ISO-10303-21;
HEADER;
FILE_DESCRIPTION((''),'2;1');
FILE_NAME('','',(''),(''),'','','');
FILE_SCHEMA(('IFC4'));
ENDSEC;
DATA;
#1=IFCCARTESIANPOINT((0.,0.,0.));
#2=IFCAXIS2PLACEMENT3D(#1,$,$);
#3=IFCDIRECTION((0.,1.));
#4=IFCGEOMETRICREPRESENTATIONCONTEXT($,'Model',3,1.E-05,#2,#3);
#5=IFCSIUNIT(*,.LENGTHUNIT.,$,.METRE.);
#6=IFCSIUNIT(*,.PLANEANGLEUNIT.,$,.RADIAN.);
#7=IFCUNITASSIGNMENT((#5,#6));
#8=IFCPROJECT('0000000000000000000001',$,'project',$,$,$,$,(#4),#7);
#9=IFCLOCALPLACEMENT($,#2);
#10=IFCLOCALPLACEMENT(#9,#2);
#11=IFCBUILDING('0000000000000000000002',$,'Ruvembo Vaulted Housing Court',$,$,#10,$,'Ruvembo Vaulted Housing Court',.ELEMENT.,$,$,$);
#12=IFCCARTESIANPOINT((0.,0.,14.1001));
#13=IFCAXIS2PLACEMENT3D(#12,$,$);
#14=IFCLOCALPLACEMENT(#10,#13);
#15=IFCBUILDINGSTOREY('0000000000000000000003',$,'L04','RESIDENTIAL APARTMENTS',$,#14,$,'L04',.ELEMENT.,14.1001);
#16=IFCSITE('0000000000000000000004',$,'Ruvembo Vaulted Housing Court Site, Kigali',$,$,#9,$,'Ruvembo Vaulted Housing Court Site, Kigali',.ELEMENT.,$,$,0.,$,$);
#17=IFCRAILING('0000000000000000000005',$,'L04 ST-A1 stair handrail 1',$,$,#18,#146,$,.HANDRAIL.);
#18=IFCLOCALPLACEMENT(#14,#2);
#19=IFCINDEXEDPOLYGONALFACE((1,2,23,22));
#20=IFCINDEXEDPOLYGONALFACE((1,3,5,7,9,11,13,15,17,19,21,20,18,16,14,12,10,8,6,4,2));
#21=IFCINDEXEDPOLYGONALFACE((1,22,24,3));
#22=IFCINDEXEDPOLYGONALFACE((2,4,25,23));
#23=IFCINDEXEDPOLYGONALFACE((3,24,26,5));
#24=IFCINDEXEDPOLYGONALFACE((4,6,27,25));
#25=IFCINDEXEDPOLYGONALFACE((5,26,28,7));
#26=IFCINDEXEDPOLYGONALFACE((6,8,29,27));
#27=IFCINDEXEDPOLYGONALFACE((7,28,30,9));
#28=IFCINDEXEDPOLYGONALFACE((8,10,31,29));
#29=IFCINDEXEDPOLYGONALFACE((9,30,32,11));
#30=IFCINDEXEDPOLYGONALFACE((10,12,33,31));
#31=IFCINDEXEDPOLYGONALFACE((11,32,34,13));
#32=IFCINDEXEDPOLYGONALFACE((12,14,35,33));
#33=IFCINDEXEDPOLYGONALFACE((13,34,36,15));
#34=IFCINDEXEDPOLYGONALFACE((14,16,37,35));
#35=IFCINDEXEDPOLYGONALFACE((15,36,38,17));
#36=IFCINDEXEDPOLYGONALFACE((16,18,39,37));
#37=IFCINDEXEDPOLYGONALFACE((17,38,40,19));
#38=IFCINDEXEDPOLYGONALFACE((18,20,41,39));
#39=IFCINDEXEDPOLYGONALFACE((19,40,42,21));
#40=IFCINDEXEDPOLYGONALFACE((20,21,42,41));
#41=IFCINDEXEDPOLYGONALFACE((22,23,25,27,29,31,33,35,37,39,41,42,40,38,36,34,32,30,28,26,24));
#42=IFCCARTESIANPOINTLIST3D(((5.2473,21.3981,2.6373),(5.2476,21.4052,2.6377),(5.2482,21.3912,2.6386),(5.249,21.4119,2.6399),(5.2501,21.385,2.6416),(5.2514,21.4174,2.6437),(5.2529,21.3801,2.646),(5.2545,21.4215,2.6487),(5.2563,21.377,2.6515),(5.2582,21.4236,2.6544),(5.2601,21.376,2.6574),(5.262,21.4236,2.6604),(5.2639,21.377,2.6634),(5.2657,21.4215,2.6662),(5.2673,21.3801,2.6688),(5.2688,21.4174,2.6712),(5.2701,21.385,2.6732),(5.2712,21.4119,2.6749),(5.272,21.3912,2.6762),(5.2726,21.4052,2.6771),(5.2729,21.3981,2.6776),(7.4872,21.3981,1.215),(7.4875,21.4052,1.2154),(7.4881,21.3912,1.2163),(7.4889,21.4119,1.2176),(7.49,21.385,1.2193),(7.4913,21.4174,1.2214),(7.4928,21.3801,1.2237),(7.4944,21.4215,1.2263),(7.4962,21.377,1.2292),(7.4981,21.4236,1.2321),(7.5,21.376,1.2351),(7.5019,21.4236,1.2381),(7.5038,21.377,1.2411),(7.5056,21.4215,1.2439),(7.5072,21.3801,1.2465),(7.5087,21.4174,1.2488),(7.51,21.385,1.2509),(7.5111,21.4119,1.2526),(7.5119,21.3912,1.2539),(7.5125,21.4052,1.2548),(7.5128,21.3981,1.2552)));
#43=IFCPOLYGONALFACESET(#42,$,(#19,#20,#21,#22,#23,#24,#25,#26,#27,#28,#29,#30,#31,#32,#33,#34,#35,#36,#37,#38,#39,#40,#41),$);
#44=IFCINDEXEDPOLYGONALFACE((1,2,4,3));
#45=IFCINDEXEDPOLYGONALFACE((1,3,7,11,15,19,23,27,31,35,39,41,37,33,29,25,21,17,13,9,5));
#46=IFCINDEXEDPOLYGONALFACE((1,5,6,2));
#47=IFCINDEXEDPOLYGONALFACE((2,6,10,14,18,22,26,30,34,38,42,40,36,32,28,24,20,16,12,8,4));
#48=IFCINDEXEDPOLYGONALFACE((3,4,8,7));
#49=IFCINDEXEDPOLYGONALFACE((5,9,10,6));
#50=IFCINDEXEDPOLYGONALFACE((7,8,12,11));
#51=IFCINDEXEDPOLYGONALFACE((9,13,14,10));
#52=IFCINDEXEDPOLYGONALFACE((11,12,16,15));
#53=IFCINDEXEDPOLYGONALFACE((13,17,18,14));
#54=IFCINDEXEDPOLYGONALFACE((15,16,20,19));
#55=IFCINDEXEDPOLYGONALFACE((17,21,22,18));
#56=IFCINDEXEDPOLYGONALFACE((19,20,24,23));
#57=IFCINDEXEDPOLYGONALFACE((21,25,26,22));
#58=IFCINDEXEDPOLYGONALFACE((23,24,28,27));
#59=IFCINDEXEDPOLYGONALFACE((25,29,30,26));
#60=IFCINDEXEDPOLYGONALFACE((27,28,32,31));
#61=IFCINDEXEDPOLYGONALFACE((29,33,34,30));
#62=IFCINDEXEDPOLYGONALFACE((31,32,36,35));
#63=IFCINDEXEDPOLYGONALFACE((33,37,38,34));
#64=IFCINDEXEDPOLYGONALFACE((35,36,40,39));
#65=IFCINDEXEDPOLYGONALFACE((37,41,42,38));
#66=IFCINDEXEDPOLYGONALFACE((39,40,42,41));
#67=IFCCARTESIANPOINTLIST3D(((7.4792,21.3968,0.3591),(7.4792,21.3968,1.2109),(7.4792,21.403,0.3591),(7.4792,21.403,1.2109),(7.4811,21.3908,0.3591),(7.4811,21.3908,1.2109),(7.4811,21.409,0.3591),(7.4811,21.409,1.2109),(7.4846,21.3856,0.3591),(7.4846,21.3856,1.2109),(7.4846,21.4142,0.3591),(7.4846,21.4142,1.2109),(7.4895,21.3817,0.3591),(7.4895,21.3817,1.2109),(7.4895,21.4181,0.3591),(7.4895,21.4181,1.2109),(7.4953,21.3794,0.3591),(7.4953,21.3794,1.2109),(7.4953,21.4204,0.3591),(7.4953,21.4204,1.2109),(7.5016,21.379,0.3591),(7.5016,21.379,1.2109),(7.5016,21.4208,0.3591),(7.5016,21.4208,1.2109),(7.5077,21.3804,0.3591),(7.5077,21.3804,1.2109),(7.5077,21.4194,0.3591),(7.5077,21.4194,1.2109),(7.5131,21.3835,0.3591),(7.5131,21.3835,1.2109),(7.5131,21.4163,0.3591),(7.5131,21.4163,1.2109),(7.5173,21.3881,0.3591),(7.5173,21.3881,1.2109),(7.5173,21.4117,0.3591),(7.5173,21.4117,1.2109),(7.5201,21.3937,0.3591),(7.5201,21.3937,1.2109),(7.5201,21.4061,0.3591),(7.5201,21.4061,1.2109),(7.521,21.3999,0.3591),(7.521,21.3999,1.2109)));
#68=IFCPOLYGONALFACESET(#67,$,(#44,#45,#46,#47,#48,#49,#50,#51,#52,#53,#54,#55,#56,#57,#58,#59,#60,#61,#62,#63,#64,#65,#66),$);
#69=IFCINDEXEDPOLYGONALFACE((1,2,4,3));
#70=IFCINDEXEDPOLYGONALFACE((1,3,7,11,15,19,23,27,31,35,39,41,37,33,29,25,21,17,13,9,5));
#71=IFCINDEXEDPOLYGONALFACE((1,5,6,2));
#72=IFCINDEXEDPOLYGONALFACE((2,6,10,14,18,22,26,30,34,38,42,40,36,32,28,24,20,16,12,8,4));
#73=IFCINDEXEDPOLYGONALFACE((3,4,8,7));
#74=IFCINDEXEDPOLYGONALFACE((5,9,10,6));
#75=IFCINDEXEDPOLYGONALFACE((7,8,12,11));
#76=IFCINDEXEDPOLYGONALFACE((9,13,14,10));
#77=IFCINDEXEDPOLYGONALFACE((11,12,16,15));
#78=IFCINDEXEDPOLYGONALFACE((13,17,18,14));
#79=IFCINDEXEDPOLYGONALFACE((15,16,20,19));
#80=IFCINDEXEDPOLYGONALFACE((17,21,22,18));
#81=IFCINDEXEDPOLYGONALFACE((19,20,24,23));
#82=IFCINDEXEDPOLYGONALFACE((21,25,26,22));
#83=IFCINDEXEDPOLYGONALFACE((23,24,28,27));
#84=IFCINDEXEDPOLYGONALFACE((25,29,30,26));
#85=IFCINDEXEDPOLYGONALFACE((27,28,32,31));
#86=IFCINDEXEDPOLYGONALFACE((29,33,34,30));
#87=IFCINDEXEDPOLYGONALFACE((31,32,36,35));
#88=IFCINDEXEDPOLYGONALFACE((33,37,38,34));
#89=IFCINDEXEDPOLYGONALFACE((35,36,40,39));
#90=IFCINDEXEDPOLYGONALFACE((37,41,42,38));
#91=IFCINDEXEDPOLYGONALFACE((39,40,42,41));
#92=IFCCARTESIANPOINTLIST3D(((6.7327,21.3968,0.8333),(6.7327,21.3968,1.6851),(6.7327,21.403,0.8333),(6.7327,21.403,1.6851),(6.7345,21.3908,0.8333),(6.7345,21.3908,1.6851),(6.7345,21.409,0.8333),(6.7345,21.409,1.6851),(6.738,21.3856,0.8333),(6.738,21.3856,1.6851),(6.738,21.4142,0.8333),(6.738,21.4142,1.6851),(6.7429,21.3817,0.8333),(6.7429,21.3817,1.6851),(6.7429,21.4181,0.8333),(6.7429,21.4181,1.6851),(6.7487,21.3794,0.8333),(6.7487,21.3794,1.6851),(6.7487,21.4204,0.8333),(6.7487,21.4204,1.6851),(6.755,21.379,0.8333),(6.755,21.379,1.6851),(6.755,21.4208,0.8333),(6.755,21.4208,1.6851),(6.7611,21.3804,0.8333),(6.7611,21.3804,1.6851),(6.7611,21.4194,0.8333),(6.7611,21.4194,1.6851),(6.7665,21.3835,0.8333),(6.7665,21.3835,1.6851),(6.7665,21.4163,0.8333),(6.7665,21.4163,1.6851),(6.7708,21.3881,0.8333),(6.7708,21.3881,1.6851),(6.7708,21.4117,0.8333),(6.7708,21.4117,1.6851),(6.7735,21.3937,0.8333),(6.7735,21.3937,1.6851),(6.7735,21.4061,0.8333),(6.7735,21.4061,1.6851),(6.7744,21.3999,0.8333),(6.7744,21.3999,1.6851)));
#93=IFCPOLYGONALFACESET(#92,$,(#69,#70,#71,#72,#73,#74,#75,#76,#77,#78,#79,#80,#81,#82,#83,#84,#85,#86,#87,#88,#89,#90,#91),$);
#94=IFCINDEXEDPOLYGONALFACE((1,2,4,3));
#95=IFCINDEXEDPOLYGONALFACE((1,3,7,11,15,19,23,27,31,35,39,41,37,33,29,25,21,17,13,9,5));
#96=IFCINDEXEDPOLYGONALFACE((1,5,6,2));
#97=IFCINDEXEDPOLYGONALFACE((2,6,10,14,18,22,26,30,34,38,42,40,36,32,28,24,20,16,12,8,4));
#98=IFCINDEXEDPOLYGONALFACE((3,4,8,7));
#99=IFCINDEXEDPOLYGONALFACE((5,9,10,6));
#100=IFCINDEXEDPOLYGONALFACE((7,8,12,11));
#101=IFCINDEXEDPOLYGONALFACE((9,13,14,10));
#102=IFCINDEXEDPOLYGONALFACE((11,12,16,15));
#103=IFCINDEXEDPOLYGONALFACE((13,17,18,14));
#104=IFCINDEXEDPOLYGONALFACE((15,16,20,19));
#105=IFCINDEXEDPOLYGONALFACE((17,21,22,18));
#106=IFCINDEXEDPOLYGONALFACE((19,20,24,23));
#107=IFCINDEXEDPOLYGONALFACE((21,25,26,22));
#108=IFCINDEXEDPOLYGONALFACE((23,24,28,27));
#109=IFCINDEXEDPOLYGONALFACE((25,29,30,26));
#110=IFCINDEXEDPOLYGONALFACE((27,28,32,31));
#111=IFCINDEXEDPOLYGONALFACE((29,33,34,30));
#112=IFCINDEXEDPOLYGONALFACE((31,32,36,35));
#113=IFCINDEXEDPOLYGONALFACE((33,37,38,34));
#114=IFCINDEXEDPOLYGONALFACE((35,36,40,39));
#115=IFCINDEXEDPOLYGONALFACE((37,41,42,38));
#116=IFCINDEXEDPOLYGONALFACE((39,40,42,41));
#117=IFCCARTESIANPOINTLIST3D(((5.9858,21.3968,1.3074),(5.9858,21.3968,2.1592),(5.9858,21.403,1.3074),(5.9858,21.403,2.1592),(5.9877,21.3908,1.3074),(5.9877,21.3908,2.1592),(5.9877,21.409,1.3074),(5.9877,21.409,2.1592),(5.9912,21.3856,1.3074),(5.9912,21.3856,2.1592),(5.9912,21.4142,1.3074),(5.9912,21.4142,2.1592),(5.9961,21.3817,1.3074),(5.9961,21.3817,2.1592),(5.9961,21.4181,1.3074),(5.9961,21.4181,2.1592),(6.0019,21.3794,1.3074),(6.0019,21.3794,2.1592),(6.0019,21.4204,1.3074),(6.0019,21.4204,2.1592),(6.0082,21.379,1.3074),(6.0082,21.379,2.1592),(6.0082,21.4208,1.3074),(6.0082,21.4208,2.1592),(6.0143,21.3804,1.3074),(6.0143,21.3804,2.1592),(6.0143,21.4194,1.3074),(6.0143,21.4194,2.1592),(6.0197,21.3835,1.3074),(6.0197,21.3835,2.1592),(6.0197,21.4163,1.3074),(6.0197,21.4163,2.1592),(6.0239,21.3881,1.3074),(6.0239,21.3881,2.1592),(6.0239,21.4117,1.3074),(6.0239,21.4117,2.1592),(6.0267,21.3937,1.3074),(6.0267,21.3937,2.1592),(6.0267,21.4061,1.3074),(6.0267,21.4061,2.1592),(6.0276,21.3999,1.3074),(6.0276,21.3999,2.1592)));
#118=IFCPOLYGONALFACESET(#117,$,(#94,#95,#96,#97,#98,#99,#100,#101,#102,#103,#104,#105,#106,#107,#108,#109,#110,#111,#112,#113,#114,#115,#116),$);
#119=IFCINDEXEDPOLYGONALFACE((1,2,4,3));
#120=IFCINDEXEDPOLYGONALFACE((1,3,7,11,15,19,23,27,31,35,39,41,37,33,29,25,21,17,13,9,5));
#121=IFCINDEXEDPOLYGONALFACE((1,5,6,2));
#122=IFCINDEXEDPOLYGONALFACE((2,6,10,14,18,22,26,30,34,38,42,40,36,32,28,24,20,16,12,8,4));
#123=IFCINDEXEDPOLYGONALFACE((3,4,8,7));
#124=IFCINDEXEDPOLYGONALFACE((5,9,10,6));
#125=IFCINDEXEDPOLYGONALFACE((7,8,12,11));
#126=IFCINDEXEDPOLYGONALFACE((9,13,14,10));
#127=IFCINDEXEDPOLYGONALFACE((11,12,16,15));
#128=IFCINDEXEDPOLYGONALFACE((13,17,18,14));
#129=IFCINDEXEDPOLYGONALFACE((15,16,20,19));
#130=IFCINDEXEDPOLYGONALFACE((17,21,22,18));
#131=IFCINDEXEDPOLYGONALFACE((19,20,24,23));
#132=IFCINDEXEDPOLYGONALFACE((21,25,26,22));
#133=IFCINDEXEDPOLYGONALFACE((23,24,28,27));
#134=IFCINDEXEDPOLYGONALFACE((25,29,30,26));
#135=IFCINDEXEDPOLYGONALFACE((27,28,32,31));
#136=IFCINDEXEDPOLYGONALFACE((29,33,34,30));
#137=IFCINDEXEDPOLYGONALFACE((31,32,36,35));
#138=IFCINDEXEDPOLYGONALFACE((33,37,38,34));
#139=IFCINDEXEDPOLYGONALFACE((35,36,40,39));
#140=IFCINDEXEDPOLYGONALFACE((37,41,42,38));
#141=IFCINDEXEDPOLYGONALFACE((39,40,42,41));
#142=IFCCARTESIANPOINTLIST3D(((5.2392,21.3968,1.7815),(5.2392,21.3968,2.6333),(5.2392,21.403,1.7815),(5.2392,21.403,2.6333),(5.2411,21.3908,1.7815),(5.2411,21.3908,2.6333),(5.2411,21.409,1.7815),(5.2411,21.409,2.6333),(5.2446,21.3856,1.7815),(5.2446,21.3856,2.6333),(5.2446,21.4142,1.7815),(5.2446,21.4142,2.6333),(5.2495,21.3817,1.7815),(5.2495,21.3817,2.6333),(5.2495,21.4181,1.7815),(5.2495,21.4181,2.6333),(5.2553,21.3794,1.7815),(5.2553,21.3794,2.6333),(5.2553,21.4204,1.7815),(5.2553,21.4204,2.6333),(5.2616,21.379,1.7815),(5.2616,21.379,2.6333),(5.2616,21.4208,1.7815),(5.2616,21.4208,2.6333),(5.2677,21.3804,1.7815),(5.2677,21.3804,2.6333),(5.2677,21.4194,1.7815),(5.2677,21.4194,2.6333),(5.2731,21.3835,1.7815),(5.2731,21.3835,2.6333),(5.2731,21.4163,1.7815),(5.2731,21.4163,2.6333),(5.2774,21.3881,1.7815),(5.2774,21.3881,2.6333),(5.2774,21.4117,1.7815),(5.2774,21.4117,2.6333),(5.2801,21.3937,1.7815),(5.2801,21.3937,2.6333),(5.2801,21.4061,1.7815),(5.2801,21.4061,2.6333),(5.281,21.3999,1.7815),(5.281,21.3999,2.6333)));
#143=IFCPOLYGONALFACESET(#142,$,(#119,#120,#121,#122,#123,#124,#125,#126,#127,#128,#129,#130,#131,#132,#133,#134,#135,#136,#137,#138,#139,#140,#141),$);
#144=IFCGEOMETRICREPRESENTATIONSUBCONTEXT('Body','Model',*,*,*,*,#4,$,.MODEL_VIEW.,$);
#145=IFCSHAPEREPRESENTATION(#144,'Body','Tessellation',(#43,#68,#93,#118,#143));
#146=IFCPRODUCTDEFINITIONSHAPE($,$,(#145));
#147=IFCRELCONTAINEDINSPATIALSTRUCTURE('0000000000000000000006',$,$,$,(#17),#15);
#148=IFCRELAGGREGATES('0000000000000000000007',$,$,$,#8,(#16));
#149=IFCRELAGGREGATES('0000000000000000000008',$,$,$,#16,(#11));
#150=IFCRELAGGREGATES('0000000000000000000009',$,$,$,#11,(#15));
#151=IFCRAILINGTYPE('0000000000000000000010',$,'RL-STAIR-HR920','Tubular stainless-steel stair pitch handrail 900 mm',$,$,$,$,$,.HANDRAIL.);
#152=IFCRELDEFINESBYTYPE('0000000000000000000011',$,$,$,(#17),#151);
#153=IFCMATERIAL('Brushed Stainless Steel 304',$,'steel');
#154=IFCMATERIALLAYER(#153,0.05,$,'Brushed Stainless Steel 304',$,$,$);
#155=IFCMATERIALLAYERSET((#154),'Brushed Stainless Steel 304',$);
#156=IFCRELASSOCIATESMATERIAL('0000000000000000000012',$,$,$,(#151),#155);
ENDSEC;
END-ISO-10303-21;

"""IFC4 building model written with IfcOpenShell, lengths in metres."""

from ifc_helpers import new_model, si_unit, direction, frame, origin, origin_2d, place, context, subcontext, project, spatial, circle, extrude, material, layer, layer_set, type_object, element, save


model = new_model("IFC4")

# Units and contexts
model_context = context("Model", 3, precision=1e-05, world=origin(), true_north=direction((0.0, 1.0)))
body_context = subcontext(model_context, "Body", "Model", "MODEL_VIEW")
ifc_project = project(units=[si_unit("LENGTHUNIT", "METRE"), si_unit("PLANEANGLEUNIT", "RADIAN")], contexts=[model_context])

# Site, building, storey
site_placement = place(None, origin())
site = spatial("IfcSite", under=ifc_project, at=site_placement, Name="Ruvembo Vaulted Housing Court Site, Kigali", LongName="Ruvembo Vaulted Housing Court Site, Kigali", CompositionType="ELEMENT", RefElevation=0.0)
building_placement = place(site_placement, origin())
building = spatial("IfcBuilding", under=site, at=building_placement, Name="Ruvembo Vaulted Housing Court", LongName="Ruvembo Vaulted Housing Court", CompositionType="ELEMENT")
storey_placement = place(building_placement, frame((0.0, 0.0, 14.1001)))
storey = spatial("IfcBuildingStorey", under=building, at=storey_placement, Name="L04", Description="RESIDENTIAL APARTMENTS", LongName="L04", CompositionType="ELEMENT", Elevation=14.1001)

# Shared definitions
ifc_material_1 = material(Name="Brushed Stainless Steel 304", Category="steel")

# Railing
ifc_layer_1 = layer(ifc_material_1, 0.05, Name="Brushed Stainless Steel 304")
ifc_layer_set_1 = layer_set([ifc_layer_1], Name="Brushed Stainless Steel 304")
railing_type_1 = type_object("IfcRailingType", Name="RL-STAIR-HR920", Description="Tubular stainless-steel stair pitch handrail 900 mm", PredefinedType="HANDRAIL", material=ifc_layer_set_1)
railing_1_placement = place(storey_placement, frame((7.5, 21.3999, 0.3591)))
element("IfcRailing", 1, at=railing_1_placement, inside=storey, type_object=railing_type_1, Name="L04 ST-A1 stair handrail 1", PredefinedType="HANDRAIL", context=body_context, shape_type="SweptSolid", body=[
    extrude(circle(Radius=0.0239, at=origin_2d()), frame((0.0, 0.0, 0.876), z_axis=(-0.844188, 0.0, 0.536048), x_axis=(0.0, -1.0, 0.0)), (0.0, 0.0, 1.0), 2.6533),
    extrude(circle(Radius=0.021, at=origin_2d()), origin(), (0.0, 0.0, 1.0), 0.8518),
    extrude(circle(Radius=0.021, at=origin_2d()), frame((-0.7466, 0.0, 0.4741)), (0.0, 0.0, 1.0), 0.8518),
    extrude(circle(Radius=0.021, at=origin_2d()), frame((-1.4934, 0.0, 0.9482)), (0.0, 0.0, 1.0), 0.8518),
    extrude(circle(Radius=0.021, at=origin_2d()), frame((-2.24, 0.0, 1.4224)), (0.0, 0.0, 1.0), 0.8518),
])

save(model, "model.ifc")
